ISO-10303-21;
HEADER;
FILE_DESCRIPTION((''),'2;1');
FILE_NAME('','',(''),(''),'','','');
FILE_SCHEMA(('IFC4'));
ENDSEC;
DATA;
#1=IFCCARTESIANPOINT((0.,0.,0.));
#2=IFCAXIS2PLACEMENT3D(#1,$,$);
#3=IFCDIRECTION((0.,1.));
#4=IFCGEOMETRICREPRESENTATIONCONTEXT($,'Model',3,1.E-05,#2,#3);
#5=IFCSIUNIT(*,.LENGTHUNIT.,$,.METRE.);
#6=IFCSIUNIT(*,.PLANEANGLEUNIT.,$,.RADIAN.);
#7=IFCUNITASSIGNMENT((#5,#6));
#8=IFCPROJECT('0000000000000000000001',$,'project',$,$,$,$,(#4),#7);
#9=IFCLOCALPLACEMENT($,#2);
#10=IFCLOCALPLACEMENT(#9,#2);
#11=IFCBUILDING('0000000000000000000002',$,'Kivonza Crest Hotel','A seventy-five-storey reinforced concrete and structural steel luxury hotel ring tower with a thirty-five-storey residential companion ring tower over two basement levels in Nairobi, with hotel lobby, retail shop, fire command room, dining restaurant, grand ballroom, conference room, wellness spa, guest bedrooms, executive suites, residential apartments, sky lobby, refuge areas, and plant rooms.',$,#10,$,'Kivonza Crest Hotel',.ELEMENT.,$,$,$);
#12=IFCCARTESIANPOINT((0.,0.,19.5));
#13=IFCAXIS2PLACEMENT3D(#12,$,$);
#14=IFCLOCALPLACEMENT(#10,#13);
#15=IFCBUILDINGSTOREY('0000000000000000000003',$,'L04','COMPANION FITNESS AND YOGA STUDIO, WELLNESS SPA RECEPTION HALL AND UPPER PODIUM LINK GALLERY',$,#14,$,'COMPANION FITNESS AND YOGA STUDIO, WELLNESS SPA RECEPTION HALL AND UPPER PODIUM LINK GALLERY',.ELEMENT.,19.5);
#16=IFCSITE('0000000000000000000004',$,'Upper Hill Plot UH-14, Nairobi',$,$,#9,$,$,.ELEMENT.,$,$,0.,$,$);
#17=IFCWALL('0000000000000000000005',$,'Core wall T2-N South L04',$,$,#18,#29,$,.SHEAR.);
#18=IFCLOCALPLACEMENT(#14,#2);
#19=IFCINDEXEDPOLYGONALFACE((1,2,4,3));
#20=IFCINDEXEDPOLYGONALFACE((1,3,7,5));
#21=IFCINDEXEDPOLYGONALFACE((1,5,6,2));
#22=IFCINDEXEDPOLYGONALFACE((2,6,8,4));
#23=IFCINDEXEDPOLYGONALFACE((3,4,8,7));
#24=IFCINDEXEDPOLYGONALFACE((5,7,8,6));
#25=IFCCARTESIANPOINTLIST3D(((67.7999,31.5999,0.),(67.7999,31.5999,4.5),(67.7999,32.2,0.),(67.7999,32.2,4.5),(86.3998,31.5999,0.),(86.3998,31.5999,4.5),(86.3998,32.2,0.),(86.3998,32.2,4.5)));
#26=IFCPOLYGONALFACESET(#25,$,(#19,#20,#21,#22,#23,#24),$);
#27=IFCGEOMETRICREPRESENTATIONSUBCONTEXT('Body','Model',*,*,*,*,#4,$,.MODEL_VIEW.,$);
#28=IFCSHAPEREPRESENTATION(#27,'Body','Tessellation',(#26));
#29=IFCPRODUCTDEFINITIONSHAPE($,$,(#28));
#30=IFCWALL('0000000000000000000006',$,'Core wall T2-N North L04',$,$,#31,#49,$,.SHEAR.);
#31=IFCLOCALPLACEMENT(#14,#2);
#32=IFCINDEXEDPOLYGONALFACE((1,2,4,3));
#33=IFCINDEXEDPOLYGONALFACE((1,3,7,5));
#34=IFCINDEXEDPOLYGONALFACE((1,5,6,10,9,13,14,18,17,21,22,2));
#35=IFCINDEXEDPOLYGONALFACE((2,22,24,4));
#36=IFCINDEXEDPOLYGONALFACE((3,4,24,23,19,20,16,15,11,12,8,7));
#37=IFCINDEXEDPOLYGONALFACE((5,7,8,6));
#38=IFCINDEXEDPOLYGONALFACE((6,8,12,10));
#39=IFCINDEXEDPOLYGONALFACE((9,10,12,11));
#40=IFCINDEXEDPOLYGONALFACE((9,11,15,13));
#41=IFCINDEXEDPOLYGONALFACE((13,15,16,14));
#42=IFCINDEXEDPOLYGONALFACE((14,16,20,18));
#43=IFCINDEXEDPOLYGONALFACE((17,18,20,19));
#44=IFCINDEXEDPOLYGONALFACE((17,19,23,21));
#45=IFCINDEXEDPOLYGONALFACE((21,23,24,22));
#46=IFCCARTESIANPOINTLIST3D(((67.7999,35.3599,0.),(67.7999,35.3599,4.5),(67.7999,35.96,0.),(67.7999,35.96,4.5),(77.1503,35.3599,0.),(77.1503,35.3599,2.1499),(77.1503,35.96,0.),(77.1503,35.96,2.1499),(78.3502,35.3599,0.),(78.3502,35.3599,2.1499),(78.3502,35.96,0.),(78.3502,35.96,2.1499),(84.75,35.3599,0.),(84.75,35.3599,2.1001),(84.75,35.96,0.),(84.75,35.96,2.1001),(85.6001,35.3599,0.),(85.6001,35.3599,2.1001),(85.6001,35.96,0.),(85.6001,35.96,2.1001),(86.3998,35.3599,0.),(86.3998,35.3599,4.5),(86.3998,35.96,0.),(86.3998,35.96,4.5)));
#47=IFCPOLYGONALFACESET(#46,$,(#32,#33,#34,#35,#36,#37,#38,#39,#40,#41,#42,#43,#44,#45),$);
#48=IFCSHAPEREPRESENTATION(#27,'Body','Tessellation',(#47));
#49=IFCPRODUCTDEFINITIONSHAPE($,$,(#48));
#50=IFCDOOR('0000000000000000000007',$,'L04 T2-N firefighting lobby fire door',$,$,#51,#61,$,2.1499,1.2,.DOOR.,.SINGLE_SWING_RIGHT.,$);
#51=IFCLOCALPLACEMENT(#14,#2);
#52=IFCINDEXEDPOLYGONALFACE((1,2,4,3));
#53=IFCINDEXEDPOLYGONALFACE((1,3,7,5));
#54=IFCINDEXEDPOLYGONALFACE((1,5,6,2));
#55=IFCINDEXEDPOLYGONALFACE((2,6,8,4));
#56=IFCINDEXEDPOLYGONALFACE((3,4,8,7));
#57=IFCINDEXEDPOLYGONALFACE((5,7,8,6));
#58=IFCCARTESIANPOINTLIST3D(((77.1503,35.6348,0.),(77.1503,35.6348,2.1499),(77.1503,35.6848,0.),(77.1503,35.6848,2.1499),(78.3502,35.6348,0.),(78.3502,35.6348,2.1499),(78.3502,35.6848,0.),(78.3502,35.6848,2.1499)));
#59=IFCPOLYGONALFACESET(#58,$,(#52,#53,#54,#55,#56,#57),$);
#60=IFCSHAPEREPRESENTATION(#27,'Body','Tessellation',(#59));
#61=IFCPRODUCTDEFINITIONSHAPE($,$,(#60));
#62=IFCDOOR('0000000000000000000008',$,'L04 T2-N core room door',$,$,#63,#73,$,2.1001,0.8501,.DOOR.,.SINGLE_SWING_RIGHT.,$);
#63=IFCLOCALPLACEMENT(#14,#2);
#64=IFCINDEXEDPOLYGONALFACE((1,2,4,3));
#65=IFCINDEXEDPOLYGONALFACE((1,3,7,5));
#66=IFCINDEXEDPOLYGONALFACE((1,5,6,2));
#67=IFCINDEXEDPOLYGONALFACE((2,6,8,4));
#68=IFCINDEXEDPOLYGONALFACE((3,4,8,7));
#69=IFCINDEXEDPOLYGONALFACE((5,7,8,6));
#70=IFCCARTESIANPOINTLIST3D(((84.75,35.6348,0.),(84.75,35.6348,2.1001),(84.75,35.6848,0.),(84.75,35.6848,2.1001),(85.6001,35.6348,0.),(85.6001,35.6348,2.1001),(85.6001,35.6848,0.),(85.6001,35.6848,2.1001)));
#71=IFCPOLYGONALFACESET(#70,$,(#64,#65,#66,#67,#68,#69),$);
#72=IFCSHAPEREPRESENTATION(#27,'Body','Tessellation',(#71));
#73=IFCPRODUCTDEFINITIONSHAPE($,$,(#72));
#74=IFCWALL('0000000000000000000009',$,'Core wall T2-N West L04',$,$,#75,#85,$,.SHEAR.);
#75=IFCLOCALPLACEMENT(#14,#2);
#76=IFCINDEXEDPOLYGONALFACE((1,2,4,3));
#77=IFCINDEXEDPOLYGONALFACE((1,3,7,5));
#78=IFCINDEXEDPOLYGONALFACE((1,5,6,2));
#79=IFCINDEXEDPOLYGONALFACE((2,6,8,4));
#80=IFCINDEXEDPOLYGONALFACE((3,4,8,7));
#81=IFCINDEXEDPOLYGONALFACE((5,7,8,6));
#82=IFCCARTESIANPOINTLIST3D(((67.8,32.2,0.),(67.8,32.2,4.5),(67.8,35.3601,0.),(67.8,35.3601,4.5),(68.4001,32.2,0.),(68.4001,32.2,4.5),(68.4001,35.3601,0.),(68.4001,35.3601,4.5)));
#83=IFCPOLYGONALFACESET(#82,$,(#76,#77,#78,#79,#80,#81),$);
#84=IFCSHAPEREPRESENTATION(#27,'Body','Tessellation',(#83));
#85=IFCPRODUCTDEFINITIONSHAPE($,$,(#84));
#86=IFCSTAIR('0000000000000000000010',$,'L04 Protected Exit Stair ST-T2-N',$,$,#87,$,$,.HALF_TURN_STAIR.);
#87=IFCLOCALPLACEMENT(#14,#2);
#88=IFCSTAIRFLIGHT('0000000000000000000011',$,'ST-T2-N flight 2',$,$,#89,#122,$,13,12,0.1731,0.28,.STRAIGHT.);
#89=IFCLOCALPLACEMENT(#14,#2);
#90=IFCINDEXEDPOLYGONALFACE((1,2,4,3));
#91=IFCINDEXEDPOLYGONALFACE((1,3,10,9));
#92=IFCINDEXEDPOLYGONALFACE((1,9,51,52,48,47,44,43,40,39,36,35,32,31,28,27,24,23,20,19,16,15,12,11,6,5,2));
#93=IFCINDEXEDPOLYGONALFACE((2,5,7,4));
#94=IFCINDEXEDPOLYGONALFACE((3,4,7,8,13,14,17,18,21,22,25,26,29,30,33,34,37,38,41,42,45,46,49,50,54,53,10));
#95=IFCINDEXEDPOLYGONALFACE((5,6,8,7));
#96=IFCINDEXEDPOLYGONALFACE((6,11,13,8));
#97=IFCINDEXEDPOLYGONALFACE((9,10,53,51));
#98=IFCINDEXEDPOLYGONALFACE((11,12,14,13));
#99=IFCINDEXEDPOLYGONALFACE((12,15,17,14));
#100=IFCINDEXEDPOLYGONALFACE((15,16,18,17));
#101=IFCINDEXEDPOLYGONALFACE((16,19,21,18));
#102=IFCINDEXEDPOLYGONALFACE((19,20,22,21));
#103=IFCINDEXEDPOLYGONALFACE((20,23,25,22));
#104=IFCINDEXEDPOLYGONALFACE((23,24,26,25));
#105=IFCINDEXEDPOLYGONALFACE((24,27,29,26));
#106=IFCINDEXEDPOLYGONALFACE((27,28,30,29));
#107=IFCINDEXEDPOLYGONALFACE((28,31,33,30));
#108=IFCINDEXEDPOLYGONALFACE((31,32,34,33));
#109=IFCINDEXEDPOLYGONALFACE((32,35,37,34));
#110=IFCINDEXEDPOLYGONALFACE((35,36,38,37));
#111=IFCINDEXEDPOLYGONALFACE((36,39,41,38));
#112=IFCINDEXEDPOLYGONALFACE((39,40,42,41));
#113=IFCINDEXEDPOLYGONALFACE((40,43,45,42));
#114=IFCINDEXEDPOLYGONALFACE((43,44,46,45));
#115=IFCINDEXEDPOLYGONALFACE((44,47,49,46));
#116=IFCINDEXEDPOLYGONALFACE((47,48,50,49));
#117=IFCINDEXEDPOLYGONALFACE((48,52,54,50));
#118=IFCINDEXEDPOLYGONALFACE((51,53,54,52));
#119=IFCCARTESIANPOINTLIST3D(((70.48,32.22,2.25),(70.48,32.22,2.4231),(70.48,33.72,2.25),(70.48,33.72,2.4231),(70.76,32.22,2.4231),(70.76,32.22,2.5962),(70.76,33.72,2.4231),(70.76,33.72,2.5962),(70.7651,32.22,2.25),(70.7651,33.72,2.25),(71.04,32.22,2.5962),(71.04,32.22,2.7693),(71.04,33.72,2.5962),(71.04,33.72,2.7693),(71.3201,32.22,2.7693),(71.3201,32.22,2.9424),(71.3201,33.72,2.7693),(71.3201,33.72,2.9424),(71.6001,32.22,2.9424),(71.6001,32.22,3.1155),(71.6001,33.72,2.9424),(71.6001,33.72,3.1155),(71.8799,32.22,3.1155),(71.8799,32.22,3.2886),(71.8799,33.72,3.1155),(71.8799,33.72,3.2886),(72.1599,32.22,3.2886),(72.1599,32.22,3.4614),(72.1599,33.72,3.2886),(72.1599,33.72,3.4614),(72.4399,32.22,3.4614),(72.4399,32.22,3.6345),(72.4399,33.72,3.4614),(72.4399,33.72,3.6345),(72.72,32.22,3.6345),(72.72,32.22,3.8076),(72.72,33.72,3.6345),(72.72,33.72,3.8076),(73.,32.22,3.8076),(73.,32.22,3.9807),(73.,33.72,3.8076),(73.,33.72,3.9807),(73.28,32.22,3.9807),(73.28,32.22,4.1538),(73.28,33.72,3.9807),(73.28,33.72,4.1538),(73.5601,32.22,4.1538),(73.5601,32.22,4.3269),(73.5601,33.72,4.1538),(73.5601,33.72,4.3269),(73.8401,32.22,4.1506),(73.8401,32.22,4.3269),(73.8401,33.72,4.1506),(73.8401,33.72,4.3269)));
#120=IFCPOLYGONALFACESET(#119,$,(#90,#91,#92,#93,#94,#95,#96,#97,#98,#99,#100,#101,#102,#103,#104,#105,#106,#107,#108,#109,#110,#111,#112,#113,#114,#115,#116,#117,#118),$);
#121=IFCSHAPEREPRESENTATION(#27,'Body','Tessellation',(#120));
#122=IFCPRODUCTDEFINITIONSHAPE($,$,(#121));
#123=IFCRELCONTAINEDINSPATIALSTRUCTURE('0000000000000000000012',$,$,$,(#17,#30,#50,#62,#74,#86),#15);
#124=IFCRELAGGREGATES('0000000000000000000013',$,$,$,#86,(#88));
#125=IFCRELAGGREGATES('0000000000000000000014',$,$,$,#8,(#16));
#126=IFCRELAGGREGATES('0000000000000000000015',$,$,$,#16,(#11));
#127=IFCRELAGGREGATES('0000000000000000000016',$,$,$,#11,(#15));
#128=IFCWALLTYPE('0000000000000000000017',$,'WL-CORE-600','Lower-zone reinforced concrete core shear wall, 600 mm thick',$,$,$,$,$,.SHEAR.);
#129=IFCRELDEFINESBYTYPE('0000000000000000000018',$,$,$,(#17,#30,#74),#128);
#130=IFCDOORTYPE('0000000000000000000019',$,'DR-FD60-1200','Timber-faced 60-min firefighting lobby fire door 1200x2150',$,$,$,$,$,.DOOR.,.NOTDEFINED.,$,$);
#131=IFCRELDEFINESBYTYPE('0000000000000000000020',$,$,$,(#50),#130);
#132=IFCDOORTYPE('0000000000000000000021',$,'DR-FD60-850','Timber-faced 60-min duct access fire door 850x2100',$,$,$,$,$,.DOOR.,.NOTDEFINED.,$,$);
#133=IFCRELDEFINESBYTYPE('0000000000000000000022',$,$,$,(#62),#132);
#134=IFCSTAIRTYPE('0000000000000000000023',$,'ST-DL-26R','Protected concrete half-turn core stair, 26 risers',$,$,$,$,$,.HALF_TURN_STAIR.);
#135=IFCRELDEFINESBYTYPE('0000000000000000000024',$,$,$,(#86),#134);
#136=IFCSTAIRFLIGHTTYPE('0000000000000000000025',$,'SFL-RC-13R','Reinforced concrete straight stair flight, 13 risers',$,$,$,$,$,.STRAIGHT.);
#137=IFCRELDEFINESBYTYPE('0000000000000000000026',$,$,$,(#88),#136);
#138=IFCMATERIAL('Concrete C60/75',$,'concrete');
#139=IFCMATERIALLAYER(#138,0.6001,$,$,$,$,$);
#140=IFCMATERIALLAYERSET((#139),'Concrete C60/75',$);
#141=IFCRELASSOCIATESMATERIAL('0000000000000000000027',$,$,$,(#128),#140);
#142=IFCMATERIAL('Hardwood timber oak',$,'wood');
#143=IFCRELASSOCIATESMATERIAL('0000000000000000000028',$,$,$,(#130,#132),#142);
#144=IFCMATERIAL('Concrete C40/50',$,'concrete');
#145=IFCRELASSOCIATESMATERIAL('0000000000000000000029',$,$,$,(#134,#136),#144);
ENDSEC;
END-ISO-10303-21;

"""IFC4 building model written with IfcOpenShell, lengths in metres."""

from ifc_helpers import new_model, si_unit, direction, frame, frame_2d, origin, place, context, subcontext, project, spatial, polyline, rectangle, outline, extrude, material, layer, layer_set, type_object, element, fill, aggregate, save


model = new_model("IFC4")

# Units and contexts
model_context = context("Model", 3, precision=1e-05, world=origin(), true_north=direction((0.0, 1.0)))
body_context = subcontext(model_context, "Body", "Model", "MODEL_VIEW")
ifc_project = project(units=[si_unit("LENGTHUNIT", "METRE"), si_unit("PLANEANGLEUNIT", "RADIAN")], contexts=[model_context])

# Site, building, storey
site_placement = place(None, origin())
site = spatial("IfcSite", under=ifc_project, at=site_placement, Name="Upper Hill Plot UH-14, Nairobi", CompositionType="ELEMENT", RefElevation=0.0)
building_placement = place(site_placement, origin())
building = spatial("IfcBuilding", under=site, at=building_placement, Name="Kivonza Crest Hotel", Description="A seventy-five-storey reinforced concrete and structural steel luxury hotel ring tower with a thirty-five-storey residential companion ring tower over two basement levels in Nairobi, with hotel lobby, retail shop, fire command room, dining restaurant, grand ballroom, conference room, wellness spa, guest bedrooms, executive suites, residential apartments, sky lobby, refuge areas, and plant rooms.", LongName="Kivonza Crest Hotel", CompositionType="ELEMENT")
storey_placement = place(building_placement, frame((0.0, 0.0, 19.5)))
storey = spatial("IfcBuildingStorey", under=building, at=storey_placement, Name="L04", Description="COMPANION FITNESS AND YOGA STUDIO, WELLNESS SPA RECEPTION HALL AND UPPER PODIUM LINK GALLERY", LongName="COMPANION FITNESS AND YOGA STUDIO, WELLNESS SPA RECEPTION HALL AND UPPER PODIUM LINK GALLERY", CompositionType="ELEMENT", Elevation=19.5)

# Shared definitions
ifc_material_1 = material(Name="Concrete C60/75", Category="concrete")

# Wall
ifc_layer_1 = layer(ifc_material_1, 0.6001)
ifc_layer_set_1 = layer_set([ifc_layer_1], Name="Concrete C60/75")
wall_type_1 = type_object("IfcWallType", Name="WL-CORE-600", Description="Lower-zone reinforced concrete core shear wall, 600 mm thick", PredefinedType="SHEAR", material=ifc_layer_set_1)
wall_1_placement = place(storey_placement, frame((67.8, 31.8999, 0.0), z_axis=(0.0, 0.0, 1.0), x_axis=(1.0, 0.0, 0.0)))
element("IfcWall", 1, at=wall_1_placement, inside=storey, type_object=wall_type_1, Name="Core wall T2-N South L04", PredefinedType="SHEAR", context=body_context, shape_type="SweptSolid", body=[
    extrude(rectangle(XDim=18.5999, YDim=0.6001, at=frame_2d((9.2998, 0.0))), origin(), (0.0, 0.0, 1.0), 4.5),
])

# Wall, openings, doors
wall_2_placement = place(storey_placement, frame((67.8, 35.6599, 0.0), z_axis=(0.0, 0.0, 1.0), x_axis=(1.0, 0.0, 0.0)))
wall_2 = element("IfcWall", 2, at=wall_2_placement, inside=storey, type_object=wall_type_1, Name="Core wall T2-N North L04", PredefinedType="SHEAR", context=body_context, shape_type="SweptSolid", body=[
    extrude(rectangle(XDim=18.5999, YDim=0.6001, at=frame_2d((9.2998, 0.0))), origin(), (0.0, 0.0, 1.0), 4.5),
])
opening_1_placement = place(wall_2_placement, frame((9.3501, 0.0, 0.0)))
opening_1 = element("IfcOpeningElement", 3, at=opening_1_placement, cuts=wall_2, PredefinedType="OPENING", context=body_context, shape_type="SweptSolid", body=[
    extrude(rectangle(XDim=1.2, YDim=2.1499, at=frame_2d((0.6001, 1.075))), frame((0.0, 0.3101, 0.0), z_axis=(0.0, -1.0, 0.0), x_axis=(1.0, 0.0, 0.0)), (0.0, 0.0, 1.0), 0.6201),
])
opening_2_placement = place(wall_2_placement, frame((16.95, 0.0, 0.0)))
opening_2 = element("IfcOpeningElement", 4, at=opening_2_placement, cuts=wall_2, PredefinedType="OPENING", context=body_context, shape_type="SweptSolid", body=[
    extrude(rectangle(XDim=0.8501, YDim=2.1001, at=frame_2d((0.425, 1.05))), frame((0.0, 0.3101, 0.0), z_axis=(0.0, -1.0, 0.0), x_axis=(1.0, 0.0, 0.0)), (0.0, 0.0, 1.0), 0.6201),
])
ifc_material_2 = material(Name="Hardwood timber oak", Category="wood")
door_type_1 = type_object("IfcDoorType", Name="DR-FD60-1200", Description="Timber-faced 60-min firefighting lobby fire door 1200x2150", OperationType="NOTDEFINED", PredefinedType="DOOR", material=ifc_material_2)
door_1_placement = place(opening_1_placement, origin())
door_1 = element("IfcDoor", 5, at=door_1_placement, inside=storey, type_object=door_type_1, Name="L04 T2-N firefighting lobby fire door", OperationType="SINGLE_SWING_RIGHT", OverallHeight=2.1499, OverallWidth=1.2, PredefinedType="DOOR", context=body_context, shape_type="SweptSolid", body=[
    extrude(rectangle(XDim=1.2, YDim=2.1499, at=frame_2d((0.6001, 1.075))), frame((0.0, 0.0249, 0.0), z_axis=(0.0, -1.0, 0.0), x_axis=(1.0, 0.0, 0.0)), (0.0, 0.0, 1.0), 0.05),
])
fill(opening_1, door_1)
door_type_2 = type_object("IfcDoorType", Name="DR-FD60-850", Description="Timber-faced 60-min duct access fire door 850x2100", OperationType="NOTDEFINED", PredefinedType="DOOR", material=ifc_material_2)
door_2_placement = place(opening_2_placement, origin())
door_2 = element("IfcDoor", 6, at=door_2_placement, inside=storey, type_object=door_type_2, Name="L04 T2-N core room door", OperationType="SINGLE_SWING_RIGHT", OverallHeight=2.1001, OverallWidth=0.8501, PredefinedType="DOOR", context=body_context, shape_type="SweptSolid", body=[
    extrude(rectangle(XDim=0.8501, YDim=2.1001, at=frame_2d((0.425, 1.05))), frame((0.0, 0.0249, 0.0), z_axis=(0.0, -1.0, 0.0), x_axis=(1.0, 0.0, 0.0)), (0.0, 0.0, 1.0), 0.05),
])
fill(opening_2, door_2)

# Wall
wall_3_placement = place(storey_placement, frame((68.1001, 32.2, 0.0), z_axis=(0.0, 0.0, 1.0), x_axis=(0.0, 1.0, 0.0)))
element("IfcWall", 7, at=wall_3_placement, inside=storey, type_object=wall_type_1, Name="Core wall T2-N West L04", PredefinedType="SHEAR", context=body_context, shape_type="SweptSolid", body=[
    extrude(rectangle(XDim=3.1602, YDim=0.6001, at=frame_2d((1.5801, 0.0))), origin(), (0.0, 0.0, 1.0), 4.5),
])

# Stair, stair flight
ifc_material_3 = material(Name="Concrete C40/50", Category="concrete")
stair_type = type_object("IfcStairType", Name="ST-DL-26R", Description="Protected concrete half-turn core stair, 26 risers", PredefinedType="HALF_TURN_STAIR", material=ifc_material_3)
stair_placement = place(storey_placement, origin())
stair = element("IfcStair", 8, at=stair_placement, inside=storey, type_object=stair_type, Name="L04 Protected Exit Stair ST-T2-N", PredefinedType="HALF_TURN_STAIR")
stair_flight_type = type_object("IfcStairFlightType", Name="SFL-RC-13R", Description="Reinforced concrete straight stair flight, 13 risers", PredefinedType="STRAIGHT", material=ifc_material_3)
stair_flight_placement = place(storey_placement, frame((70.48, 32.97, 2.25), z_axis=(0.0, 0.0, 1.0), x_axis=(1.0, 0.0, 0.0)))
stair_flight = element("IfcStairFlight", 9, at=stair_flight_placement, type_object=stair_flight_type, Name="ST-T2-N flight 2", NumberOfRisers=13, NumberOfTreads=12, PredefinedType="STRAIGHT", RiserHeight=0.1731, TreadLength=0.28, context=body_context, shape_type="SweptSolid", body=[
    extrude(outline(polyline([(0.0, 0.0), (0.0, 0.1731), (0.28, 0.1731), (0.28, 0.3462), (0.5601, 0.3462), (0.5601, 0.5193), (0.8401, 0.5193), (0.8401, 0.6924), (1.1201, 0.6924), (1.1201, 0.8655), (1.3999, 0.8655), (1.3999, 1.0386), (1.6799, 1.0386), (1.6799, 1.2114), (1.96, 1.2114), (1.96, 1.3845), (2.24, 1.3845), (2.24, 1.5576), (2.52, 1.5576), (2.52, 1.7307), (2.8, 1.7307), (2.8, 1.9038), (3.0801, 1.9038), (3.0801, 2.0769), (3.3601, 2.0769), (3.3601, 2.25), (3.3601, 1.9006), (0.2852, 0.0), (0.0, 0.0)])), frame((0.0, 0.75, 0.0), z_axis=(0.0, -1.0, 0.0), x_axis=(1.0, 0.0, 0.0)), (0.0, 0.0, 1.0), 1.5),
])
aggregate(stair, [stair_flight])

save(model, "model.ifc")
